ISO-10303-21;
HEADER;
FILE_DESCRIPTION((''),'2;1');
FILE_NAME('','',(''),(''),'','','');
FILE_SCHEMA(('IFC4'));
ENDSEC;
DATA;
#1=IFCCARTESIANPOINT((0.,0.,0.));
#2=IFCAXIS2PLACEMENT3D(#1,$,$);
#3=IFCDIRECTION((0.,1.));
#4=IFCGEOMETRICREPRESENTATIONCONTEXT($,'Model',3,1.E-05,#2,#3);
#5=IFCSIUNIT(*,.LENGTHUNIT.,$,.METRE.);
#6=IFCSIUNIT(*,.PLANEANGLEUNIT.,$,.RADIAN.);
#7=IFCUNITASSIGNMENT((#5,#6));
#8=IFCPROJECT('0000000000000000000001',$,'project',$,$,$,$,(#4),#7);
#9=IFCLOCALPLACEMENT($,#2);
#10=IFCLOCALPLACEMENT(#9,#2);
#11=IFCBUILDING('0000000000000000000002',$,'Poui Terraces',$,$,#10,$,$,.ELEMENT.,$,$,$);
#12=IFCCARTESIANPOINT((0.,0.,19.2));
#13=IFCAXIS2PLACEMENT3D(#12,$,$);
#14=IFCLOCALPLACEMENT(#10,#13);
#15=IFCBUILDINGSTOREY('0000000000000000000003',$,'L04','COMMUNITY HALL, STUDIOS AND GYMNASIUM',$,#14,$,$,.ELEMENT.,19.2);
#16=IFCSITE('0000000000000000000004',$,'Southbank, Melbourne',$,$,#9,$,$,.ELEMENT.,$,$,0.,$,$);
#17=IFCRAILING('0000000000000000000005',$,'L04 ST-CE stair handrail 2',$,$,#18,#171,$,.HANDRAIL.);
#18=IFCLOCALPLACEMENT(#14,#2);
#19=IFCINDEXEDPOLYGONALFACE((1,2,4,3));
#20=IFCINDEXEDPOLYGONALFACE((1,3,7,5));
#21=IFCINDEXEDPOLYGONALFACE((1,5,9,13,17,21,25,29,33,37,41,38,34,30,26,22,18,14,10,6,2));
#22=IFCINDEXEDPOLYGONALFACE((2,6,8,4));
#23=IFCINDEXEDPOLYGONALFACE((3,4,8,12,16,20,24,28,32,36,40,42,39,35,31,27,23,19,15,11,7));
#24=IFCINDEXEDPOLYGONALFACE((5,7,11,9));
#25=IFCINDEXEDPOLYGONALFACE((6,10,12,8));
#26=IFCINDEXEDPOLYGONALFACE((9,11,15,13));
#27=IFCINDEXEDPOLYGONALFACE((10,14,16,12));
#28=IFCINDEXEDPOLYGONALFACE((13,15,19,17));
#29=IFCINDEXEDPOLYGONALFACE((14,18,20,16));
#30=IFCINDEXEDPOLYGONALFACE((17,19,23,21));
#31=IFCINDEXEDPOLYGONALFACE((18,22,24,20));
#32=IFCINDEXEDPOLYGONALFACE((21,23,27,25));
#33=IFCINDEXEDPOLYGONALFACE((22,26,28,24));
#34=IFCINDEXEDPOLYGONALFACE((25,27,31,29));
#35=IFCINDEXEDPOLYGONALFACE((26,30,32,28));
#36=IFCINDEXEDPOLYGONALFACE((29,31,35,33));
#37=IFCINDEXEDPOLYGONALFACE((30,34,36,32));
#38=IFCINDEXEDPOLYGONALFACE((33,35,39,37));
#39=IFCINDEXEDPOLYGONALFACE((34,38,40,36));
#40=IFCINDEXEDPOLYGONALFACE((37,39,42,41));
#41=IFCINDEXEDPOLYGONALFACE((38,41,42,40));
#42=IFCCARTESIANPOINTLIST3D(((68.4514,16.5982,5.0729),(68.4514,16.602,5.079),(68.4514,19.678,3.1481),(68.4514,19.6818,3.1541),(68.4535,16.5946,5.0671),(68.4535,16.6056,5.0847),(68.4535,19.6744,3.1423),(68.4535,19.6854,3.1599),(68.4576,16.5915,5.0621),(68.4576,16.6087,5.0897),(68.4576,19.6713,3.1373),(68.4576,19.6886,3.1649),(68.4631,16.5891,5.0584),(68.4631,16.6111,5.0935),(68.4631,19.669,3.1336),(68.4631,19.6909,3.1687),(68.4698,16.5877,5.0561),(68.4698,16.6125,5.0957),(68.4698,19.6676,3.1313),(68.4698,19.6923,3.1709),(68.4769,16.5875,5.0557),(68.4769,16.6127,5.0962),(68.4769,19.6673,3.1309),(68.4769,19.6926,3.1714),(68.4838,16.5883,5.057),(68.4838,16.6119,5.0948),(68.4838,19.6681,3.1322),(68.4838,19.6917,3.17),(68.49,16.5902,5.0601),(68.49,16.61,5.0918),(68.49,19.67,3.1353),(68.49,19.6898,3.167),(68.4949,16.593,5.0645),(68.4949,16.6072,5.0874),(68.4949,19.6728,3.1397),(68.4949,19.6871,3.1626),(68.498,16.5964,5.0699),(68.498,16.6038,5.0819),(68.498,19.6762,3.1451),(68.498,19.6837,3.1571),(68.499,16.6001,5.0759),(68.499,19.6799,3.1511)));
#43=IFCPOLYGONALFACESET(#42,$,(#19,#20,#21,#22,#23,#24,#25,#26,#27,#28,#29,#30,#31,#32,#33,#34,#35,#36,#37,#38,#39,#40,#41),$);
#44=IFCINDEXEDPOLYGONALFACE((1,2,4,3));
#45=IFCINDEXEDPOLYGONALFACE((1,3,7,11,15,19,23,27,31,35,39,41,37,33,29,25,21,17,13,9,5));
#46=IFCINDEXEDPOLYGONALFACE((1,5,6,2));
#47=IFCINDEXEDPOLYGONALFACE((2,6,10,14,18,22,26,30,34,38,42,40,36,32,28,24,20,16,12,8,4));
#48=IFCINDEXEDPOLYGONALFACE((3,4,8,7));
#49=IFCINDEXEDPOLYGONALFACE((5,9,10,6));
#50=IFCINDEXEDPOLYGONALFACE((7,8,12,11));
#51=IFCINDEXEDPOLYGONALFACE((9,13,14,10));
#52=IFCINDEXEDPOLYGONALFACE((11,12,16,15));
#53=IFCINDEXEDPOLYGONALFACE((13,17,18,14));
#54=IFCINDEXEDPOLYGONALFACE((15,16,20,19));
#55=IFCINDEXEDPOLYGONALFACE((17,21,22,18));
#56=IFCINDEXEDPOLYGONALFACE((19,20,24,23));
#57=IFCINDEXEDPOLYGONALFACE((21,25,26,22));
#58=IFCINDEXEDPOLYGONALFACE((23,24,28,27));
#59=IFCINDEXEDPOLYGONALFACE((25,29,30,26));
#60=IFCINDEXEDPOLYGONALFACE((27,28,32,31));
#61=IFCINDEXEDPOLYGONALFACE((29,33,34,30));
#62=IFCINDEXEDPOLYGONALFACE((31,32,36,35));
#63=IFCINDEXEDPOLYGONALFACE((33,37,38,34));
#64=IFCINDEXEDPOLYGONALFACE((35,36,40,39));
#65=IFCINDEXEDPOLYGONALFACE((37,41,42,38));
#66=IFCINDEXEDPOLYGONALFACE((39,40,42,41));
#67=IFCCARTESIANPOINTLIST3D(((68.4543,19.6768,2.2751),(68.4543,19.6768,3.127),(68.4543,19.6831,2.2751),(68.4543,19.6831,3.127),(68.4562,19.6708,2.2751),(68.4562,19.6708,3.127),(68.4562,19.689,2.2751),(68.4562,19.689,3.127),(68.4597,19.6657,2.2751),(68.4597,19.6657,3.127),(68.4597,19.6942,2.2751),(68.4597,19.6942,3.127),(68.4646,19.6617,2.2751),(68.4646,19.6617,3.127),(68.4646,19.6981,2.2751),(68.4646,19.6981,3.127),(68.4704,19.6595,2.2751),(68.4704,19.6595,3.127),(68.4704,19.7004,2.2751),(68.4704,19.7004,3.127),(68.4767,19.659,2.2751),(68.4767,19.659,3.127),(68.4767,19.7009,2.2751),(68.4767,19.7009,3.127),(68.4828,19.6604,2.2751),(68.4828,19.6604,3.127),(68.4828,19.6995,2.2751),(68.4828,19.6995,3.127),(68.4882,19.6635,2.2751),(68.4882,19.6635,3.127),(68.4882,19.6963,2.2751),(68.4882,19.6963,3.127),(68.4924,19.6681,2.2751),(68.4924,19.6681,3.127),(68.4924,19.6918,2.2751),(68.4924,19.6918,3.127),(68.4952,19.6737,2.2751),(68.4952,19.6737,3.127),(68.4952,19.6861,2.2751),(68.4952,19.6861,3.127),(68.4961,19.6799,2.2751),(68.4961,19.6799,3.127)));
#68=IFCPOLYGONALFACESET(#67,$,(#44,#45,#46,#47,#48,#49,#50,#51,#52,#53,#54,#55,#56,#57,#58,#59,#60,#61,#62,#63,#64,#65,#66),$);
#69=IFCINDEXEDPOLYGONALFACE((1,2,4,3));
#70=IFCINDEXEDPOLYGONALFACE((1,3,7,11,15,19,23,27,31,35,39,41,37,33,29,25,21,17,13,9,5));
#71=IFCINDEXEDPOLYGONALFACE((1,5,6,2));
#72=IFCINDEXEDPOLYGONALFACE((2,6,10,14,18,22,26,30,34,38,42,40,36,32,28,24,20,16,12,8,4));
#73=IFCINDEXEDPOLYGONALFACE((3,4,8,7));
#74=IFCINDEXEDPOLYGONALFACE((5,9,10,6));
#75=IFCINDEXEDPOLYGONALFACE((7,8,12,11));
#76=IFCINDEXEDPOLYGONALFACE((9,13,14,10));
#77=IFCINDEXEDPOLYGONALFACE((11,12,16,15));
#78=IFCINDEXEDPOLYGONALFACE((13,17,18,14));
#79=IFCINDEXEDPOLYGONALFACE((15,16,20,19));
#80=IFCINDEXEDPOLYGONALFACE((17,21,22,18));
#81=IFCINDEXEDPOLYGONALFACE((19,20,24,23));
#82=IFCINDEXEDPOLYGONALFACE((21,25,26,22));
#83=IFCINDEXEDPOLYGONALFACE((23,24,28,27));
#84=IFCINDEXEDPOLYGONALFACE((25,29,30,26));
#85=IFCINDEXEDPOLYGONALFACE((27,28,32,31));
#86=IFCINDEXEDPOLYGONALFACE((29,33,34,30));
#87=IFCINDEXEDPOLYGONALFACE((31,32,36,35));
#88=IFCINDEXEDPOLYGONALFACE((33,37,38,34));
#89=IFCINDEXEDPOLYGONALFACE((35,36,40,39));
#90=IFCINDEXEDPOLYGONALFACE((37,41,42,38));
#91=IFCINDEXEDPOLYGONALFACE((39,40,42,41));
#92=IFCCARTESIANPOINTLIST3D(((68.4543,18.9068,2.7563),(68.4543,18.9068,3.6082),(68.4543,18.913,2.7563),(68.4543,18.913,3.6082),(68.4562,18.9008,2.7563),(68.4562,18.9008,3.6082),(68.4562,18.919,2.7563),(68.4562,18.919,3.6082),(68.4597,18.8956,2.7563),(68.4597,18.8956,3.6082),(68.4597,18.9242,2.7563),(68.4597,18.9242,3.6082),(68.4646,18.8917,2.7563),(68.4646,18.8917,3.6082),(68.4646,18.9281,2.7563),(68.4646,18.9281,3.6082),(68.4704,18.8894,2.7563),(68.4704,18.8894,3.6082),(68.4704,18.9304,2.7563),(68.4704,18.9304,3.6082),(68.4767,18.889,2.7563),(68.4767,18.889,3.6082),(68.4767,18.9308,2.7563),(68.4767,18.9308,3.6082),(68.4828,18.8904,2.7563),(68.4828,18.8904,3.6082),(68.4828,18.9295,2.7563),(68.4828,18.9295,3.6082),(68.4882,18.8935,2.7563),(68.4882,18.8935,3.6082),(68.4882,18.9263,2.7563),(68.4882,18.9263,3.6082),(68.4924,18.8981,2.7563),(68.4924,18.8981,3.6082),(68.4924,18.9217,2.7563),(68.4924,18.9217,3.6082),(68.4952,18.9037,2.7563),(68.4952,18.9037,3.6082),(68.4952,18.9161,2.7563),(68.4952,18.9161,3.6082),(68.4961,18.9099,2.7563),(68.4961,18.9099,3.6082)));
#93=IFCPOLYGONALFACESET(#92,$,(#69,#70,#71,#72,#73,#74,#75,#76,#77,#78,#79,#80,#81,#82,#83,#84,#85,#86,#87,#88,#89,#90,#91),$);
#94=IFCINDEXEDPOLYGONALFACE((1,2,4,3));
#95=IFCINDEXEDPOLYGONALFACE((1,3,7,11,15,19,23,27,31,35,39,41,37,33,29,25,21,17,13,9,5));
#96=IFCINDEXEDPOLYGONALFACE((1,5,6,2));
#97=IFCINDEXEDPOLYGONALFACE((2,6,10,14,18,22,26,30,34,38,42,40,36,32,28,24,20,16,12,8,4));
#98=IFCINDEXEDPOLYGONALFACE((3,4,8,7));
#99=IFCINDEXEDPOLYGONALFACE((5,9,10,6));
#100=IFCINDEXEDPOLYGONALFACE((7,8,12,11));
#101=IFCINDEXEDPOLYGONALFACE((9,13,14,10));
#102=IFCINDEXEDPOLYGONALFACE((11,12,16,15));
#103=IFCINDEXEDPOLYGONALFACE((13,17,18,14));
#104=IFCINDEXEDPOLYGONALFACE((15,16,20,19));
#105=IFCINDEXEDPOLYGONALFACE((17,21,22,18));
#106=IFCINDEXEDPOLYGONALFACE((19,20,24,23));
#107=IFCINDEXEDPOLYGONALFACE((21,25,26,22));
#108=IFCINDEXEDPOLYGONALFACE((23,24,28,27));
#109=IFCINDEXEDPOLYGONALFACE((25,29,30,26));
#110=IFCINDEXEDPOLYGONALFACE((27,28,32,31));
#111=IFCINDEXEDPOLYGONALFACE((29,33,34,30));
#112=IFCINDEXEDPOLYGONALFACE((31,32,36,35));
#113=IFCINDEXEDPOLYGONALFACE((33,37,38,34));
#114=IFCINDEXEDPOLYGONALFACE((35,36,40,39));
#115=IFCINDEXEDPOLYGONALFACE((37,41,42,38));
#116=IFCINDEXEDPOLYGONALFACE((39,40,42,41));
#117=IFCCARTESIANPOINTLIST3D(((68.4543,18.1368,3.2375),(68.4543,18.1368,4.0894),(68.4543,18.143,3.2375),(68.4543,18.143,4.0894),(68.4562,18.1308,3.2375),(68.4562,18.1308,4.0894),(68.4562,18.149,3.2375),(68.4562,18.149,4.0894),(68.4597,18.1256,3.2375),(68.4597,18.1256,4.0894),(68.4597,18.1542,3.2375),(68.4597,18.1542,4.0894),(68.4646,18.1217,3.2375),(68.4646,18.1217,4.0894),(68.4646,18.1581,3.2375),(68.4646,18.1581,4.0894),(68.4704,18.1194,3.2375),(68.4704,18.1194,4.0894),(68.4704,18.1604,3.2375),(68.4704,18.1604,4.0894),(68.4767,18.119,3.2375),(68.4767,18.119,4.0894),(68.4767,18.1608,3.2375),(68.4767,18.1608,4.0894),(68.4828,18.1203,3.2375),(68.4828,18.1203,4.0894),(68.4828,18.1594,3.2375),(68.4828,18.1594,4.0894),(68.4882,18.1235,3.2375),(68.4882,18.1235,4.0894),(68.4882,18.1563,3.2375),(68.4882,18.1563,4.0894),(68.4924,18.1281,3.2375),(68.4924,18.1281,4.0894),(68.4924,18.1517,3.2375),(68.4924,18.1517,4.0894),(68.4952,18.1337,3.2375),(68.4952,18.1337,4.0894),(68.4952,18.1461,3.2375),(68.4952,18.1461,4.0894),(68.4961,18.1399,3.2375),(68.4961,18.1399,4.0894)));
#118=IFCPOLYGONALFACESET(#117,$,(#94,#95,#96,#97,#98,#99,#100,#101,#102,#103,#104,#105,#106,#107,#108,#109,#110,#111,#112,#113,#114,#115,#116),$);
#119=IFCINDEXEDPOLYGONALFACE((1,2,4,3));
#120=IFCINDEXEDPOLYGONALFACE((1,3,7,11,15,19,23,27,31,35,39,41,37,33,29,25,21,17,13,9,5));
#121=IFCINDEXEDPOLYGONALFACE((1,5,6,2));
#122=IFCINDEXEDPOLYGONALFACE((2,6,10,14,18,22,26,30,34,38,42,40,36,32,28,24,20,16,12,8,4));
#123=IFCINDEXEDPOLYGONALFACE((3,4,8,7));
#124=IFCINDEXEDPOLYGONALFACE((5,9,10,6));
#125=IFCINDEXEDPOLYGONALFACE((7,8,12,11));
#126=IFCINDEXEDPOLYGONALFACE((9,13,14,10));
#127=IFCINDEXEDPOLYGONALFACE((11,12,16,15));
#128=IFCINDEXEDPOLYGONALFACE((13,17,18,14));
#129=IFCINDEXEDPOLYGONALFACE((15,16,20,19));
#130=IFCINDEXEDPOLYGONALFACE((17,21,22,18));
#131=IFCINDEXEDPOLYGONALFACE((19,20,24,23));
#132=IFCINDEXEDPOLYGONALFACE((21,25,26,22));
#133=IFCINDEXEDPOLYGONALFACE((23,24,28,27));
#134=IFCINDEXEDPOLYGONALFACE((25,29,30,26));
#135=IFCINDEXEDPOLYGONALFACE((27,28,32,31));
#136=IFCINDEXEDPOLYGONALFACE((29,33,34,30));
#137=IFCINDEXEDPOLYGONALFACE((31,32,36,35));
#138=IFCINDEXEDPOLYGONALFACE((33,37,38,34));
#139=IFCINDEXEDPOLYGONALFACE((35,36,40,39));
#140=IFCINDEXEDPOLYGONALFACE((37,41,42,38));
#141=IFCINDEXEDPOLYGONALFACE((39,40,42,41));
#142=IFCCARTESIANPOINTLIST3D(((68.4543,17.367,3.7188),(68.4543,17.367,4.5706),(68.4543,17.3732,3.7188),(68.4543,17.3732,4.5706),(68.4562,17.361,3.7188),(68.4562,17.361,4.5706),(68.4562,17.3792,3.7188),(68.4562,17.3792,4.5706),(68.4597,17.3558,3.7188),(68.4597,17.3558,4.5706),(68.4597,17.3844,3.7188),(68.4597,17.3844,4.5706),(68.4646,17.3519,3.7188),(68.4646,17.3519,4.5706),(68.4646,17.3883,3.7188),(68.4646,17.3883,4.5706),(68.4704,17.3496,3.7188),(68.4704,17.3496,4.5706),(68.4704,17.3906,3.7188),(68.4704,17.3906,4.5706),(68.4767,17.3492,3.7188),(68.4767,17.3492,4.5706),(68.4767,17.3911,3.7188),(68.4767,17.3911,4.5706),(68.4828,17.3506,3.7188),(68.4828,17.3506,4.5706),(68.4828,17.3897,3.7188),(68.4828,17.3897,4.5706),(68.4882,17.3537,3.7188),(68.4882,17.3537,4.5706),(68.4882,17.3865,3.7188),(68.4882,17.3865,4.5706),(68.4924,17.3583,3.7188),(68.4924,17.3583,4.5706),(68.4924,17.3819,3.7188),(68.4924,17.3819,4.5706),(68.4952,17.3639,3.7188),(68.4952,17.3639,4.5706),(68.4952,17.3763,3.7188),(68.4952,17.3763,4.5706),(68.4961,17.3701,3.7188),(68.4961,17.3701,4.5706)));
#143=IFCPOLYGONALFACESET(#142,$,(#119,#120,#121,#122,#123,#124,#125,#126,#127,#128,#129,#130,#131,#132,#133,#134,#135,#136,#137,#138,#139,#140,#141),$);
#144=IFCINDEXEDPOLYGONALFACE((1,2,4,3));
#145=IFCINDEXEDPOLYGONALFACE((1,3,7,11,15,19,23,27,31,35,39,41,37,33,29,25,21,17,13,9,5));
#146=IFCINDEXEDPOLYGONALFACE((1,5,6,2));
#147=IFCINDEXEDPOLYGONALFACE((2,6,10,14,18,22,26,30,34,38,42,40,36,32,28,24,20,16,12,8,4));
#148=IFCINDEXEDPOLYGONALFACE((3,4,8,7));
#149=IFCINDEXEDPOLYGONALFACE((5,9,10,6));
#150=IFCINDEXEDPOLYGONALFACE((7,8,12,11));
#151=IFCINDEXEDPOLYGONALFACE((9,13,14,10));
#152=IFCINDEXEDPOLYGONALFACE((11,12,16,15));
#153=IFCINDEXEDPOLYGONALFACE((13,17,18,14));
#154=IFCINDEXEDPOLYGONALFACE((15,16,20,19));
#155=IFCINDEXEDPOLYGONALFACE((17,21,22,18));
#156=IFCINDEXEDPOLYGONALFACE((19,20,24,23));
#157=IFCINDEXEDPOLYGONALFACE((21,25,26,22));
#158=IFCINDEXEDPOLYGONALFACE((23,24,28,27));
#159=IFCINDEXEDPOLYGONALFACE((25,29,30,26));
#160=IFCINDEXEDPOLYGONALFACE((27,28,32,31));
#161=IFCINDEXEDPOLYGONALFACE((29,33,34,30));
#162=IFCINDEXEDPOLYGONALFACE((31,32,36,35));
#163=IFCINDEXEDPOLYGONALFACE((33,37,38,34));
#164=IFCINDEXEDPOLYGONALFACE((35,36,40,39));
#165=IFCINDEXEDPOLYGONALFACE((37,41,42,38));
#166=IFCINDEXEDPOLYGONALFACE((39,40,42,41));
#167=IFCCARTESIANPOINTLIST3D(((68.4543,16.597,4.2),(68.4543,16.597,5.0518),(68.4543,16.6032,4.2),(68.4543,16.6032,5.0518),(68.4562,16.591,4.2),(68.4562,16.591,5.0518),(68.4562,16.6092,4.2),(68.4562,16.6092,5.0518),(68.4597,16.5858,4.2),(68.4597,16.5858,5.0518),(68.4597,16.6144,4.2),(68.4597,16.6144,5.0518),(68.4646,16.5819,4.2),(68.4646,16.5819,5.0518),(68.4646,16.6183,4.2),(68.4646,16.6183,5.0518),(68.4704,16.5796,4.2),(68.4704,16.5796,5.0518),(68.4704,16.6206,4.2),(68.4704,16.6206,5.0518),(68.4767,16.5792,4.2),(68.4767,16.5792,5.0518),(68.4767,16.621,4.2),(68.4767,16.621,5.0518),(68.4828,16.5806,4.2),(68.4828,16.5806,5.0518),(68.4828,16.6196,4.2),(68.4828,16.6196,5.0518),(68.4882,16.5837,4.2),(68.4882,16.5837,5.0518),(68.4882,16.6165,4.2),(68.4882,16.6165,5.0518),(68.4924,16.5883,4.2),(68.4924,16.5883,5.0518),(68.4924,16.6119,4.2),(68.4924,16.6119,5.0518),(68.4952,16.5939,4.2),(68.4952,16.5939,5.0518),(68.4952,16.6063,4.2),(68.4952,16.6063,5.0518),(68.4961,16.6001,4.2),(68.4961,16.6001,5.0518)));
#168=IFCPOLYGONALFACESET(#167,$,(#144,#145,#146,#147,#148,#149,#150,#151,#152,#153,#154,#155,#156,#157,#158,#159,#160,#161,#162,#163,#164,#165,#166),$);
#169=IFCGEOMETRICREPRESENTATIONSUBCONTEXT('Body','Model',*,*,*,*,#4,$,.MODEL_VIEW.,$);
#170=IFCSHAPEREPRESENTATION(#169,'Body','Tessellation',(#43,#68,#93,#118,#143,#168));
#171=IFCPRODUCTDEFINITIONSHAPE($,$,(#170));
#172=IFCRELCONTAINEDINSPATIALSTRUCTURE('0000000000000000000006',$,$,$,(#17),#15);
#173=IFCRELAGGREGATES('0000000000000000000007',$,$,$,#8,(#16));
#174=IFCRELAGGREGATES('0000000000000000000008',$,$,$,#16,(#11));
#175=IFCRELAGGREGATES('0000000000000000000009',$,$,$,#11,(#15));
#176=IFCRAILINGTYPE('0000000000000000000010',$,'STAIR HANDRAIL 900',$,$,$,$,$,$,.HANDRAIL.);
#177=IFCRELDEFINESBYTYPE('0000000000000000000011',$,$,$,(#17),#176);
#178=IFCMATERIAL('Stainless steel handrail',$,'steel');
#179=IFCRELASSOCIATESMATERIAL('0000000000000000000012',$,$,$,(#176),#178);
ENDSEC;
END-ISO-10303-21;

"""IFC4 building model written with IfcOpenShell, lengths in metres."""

from ifc_helpers import new_model, si_unit, direction, frame, origin, origin_2d, place, context, subcontext, project, spatial, circle, extrude, material, type_object, element, save


model = new_model("IFC4")

# Units and contexts
model_context = context("Model", 3, precision=1e-05, world=origin(), true_north=direction((0.0, 1.0)))
body_context = subcontext(model_context, "Body", "Model", "MODEL_VIEW")
ifc_project = project(units=[si_unit("LENGTHUNIT", "METRE"), si_unit("PLANEANGLEUNIT", "RADIAN")], contexts=[model_context])

# Site, building, storey
site_placement = place(None, origin())
site = spatial("IfcSite", under=ifc_project, at=site_placement, Name="Southbank, Melbourne", CompositionType="ELEMENT", RefElevation=0.0)
building_placement = place(site_placement, origin())
building = spatial("IfcBuilding", under=site, at=building_placement, Name="Poui Terraces", CompositionType="ELEMENT")
storey_placement = place(building_placement, frame((0.0, 0.0, 19.2)))
storey = spatial("IfcBuildingStorey", under=building, at=storey_placement, Name="L04", Description="COMMUNITY HALL, STUDIOS AND GYMNASIUM", CompositionType="ELEMENT", Elevation=19.2)

# Railing
ifc_material_1 = material(Name="Stainless steel handrail", Category="steel")
railing_type_1 = type_object("IfcRailingType", Name="STAIR HANDRAIL 900", PredefinedType="HANDRAIL", material=ifc_material_1)
railing_1_placement = place(storey_placement, frame((68.4751, 19.6799, 2.2751)))
element("IfcRailing", 1, at=railing_1_placement, inside=storey, type_object=railing_type_1, Name="L04 ST-CE stair handrail 2", PredefinedType="HANDRAIL", context=body_context, shape_type="SweptSolid", body=[
    extrude(circle(Radius=0.0239, at=origin_2d()), frame((0.0, 0.0, 0.876), z_axis=(0.0, -0.84801, 0.529981), x_axis=(1.0, 0.0, 0.0)), (0.0, 0.0, 1.0), 3.6318),
    extrude(circle(Radius=0.021, at=origin_2d()), origin(), (0.0, 0.0, 1.0), 0.8518),
    extrude(circle(Radius=0.021, at=origin_2d()), frame((0.0, -0.77, 0.4812)), (0.0, 0.0, 1.0), 0.8518),
    extrude(circle(Radius=0.021, at=origin_2d()), frame((0.0, -1.54, 0.9624)), (0.0, 0.0, 1.0), 0.8518),
    extrude(circle(Radius=0.021, at=origin_2d()), frame((0.0, -2.3098, 1.4436)), (0.0, 0.0, 1.0), 0.8518),
    extrude(circle(Radius=0.021, at=origin_2d()), frame((0.0, -3.0798, 1.9248)), (0.0, 0.0, 1.0), 0.8518),
])

save(model, "model.ifc")
